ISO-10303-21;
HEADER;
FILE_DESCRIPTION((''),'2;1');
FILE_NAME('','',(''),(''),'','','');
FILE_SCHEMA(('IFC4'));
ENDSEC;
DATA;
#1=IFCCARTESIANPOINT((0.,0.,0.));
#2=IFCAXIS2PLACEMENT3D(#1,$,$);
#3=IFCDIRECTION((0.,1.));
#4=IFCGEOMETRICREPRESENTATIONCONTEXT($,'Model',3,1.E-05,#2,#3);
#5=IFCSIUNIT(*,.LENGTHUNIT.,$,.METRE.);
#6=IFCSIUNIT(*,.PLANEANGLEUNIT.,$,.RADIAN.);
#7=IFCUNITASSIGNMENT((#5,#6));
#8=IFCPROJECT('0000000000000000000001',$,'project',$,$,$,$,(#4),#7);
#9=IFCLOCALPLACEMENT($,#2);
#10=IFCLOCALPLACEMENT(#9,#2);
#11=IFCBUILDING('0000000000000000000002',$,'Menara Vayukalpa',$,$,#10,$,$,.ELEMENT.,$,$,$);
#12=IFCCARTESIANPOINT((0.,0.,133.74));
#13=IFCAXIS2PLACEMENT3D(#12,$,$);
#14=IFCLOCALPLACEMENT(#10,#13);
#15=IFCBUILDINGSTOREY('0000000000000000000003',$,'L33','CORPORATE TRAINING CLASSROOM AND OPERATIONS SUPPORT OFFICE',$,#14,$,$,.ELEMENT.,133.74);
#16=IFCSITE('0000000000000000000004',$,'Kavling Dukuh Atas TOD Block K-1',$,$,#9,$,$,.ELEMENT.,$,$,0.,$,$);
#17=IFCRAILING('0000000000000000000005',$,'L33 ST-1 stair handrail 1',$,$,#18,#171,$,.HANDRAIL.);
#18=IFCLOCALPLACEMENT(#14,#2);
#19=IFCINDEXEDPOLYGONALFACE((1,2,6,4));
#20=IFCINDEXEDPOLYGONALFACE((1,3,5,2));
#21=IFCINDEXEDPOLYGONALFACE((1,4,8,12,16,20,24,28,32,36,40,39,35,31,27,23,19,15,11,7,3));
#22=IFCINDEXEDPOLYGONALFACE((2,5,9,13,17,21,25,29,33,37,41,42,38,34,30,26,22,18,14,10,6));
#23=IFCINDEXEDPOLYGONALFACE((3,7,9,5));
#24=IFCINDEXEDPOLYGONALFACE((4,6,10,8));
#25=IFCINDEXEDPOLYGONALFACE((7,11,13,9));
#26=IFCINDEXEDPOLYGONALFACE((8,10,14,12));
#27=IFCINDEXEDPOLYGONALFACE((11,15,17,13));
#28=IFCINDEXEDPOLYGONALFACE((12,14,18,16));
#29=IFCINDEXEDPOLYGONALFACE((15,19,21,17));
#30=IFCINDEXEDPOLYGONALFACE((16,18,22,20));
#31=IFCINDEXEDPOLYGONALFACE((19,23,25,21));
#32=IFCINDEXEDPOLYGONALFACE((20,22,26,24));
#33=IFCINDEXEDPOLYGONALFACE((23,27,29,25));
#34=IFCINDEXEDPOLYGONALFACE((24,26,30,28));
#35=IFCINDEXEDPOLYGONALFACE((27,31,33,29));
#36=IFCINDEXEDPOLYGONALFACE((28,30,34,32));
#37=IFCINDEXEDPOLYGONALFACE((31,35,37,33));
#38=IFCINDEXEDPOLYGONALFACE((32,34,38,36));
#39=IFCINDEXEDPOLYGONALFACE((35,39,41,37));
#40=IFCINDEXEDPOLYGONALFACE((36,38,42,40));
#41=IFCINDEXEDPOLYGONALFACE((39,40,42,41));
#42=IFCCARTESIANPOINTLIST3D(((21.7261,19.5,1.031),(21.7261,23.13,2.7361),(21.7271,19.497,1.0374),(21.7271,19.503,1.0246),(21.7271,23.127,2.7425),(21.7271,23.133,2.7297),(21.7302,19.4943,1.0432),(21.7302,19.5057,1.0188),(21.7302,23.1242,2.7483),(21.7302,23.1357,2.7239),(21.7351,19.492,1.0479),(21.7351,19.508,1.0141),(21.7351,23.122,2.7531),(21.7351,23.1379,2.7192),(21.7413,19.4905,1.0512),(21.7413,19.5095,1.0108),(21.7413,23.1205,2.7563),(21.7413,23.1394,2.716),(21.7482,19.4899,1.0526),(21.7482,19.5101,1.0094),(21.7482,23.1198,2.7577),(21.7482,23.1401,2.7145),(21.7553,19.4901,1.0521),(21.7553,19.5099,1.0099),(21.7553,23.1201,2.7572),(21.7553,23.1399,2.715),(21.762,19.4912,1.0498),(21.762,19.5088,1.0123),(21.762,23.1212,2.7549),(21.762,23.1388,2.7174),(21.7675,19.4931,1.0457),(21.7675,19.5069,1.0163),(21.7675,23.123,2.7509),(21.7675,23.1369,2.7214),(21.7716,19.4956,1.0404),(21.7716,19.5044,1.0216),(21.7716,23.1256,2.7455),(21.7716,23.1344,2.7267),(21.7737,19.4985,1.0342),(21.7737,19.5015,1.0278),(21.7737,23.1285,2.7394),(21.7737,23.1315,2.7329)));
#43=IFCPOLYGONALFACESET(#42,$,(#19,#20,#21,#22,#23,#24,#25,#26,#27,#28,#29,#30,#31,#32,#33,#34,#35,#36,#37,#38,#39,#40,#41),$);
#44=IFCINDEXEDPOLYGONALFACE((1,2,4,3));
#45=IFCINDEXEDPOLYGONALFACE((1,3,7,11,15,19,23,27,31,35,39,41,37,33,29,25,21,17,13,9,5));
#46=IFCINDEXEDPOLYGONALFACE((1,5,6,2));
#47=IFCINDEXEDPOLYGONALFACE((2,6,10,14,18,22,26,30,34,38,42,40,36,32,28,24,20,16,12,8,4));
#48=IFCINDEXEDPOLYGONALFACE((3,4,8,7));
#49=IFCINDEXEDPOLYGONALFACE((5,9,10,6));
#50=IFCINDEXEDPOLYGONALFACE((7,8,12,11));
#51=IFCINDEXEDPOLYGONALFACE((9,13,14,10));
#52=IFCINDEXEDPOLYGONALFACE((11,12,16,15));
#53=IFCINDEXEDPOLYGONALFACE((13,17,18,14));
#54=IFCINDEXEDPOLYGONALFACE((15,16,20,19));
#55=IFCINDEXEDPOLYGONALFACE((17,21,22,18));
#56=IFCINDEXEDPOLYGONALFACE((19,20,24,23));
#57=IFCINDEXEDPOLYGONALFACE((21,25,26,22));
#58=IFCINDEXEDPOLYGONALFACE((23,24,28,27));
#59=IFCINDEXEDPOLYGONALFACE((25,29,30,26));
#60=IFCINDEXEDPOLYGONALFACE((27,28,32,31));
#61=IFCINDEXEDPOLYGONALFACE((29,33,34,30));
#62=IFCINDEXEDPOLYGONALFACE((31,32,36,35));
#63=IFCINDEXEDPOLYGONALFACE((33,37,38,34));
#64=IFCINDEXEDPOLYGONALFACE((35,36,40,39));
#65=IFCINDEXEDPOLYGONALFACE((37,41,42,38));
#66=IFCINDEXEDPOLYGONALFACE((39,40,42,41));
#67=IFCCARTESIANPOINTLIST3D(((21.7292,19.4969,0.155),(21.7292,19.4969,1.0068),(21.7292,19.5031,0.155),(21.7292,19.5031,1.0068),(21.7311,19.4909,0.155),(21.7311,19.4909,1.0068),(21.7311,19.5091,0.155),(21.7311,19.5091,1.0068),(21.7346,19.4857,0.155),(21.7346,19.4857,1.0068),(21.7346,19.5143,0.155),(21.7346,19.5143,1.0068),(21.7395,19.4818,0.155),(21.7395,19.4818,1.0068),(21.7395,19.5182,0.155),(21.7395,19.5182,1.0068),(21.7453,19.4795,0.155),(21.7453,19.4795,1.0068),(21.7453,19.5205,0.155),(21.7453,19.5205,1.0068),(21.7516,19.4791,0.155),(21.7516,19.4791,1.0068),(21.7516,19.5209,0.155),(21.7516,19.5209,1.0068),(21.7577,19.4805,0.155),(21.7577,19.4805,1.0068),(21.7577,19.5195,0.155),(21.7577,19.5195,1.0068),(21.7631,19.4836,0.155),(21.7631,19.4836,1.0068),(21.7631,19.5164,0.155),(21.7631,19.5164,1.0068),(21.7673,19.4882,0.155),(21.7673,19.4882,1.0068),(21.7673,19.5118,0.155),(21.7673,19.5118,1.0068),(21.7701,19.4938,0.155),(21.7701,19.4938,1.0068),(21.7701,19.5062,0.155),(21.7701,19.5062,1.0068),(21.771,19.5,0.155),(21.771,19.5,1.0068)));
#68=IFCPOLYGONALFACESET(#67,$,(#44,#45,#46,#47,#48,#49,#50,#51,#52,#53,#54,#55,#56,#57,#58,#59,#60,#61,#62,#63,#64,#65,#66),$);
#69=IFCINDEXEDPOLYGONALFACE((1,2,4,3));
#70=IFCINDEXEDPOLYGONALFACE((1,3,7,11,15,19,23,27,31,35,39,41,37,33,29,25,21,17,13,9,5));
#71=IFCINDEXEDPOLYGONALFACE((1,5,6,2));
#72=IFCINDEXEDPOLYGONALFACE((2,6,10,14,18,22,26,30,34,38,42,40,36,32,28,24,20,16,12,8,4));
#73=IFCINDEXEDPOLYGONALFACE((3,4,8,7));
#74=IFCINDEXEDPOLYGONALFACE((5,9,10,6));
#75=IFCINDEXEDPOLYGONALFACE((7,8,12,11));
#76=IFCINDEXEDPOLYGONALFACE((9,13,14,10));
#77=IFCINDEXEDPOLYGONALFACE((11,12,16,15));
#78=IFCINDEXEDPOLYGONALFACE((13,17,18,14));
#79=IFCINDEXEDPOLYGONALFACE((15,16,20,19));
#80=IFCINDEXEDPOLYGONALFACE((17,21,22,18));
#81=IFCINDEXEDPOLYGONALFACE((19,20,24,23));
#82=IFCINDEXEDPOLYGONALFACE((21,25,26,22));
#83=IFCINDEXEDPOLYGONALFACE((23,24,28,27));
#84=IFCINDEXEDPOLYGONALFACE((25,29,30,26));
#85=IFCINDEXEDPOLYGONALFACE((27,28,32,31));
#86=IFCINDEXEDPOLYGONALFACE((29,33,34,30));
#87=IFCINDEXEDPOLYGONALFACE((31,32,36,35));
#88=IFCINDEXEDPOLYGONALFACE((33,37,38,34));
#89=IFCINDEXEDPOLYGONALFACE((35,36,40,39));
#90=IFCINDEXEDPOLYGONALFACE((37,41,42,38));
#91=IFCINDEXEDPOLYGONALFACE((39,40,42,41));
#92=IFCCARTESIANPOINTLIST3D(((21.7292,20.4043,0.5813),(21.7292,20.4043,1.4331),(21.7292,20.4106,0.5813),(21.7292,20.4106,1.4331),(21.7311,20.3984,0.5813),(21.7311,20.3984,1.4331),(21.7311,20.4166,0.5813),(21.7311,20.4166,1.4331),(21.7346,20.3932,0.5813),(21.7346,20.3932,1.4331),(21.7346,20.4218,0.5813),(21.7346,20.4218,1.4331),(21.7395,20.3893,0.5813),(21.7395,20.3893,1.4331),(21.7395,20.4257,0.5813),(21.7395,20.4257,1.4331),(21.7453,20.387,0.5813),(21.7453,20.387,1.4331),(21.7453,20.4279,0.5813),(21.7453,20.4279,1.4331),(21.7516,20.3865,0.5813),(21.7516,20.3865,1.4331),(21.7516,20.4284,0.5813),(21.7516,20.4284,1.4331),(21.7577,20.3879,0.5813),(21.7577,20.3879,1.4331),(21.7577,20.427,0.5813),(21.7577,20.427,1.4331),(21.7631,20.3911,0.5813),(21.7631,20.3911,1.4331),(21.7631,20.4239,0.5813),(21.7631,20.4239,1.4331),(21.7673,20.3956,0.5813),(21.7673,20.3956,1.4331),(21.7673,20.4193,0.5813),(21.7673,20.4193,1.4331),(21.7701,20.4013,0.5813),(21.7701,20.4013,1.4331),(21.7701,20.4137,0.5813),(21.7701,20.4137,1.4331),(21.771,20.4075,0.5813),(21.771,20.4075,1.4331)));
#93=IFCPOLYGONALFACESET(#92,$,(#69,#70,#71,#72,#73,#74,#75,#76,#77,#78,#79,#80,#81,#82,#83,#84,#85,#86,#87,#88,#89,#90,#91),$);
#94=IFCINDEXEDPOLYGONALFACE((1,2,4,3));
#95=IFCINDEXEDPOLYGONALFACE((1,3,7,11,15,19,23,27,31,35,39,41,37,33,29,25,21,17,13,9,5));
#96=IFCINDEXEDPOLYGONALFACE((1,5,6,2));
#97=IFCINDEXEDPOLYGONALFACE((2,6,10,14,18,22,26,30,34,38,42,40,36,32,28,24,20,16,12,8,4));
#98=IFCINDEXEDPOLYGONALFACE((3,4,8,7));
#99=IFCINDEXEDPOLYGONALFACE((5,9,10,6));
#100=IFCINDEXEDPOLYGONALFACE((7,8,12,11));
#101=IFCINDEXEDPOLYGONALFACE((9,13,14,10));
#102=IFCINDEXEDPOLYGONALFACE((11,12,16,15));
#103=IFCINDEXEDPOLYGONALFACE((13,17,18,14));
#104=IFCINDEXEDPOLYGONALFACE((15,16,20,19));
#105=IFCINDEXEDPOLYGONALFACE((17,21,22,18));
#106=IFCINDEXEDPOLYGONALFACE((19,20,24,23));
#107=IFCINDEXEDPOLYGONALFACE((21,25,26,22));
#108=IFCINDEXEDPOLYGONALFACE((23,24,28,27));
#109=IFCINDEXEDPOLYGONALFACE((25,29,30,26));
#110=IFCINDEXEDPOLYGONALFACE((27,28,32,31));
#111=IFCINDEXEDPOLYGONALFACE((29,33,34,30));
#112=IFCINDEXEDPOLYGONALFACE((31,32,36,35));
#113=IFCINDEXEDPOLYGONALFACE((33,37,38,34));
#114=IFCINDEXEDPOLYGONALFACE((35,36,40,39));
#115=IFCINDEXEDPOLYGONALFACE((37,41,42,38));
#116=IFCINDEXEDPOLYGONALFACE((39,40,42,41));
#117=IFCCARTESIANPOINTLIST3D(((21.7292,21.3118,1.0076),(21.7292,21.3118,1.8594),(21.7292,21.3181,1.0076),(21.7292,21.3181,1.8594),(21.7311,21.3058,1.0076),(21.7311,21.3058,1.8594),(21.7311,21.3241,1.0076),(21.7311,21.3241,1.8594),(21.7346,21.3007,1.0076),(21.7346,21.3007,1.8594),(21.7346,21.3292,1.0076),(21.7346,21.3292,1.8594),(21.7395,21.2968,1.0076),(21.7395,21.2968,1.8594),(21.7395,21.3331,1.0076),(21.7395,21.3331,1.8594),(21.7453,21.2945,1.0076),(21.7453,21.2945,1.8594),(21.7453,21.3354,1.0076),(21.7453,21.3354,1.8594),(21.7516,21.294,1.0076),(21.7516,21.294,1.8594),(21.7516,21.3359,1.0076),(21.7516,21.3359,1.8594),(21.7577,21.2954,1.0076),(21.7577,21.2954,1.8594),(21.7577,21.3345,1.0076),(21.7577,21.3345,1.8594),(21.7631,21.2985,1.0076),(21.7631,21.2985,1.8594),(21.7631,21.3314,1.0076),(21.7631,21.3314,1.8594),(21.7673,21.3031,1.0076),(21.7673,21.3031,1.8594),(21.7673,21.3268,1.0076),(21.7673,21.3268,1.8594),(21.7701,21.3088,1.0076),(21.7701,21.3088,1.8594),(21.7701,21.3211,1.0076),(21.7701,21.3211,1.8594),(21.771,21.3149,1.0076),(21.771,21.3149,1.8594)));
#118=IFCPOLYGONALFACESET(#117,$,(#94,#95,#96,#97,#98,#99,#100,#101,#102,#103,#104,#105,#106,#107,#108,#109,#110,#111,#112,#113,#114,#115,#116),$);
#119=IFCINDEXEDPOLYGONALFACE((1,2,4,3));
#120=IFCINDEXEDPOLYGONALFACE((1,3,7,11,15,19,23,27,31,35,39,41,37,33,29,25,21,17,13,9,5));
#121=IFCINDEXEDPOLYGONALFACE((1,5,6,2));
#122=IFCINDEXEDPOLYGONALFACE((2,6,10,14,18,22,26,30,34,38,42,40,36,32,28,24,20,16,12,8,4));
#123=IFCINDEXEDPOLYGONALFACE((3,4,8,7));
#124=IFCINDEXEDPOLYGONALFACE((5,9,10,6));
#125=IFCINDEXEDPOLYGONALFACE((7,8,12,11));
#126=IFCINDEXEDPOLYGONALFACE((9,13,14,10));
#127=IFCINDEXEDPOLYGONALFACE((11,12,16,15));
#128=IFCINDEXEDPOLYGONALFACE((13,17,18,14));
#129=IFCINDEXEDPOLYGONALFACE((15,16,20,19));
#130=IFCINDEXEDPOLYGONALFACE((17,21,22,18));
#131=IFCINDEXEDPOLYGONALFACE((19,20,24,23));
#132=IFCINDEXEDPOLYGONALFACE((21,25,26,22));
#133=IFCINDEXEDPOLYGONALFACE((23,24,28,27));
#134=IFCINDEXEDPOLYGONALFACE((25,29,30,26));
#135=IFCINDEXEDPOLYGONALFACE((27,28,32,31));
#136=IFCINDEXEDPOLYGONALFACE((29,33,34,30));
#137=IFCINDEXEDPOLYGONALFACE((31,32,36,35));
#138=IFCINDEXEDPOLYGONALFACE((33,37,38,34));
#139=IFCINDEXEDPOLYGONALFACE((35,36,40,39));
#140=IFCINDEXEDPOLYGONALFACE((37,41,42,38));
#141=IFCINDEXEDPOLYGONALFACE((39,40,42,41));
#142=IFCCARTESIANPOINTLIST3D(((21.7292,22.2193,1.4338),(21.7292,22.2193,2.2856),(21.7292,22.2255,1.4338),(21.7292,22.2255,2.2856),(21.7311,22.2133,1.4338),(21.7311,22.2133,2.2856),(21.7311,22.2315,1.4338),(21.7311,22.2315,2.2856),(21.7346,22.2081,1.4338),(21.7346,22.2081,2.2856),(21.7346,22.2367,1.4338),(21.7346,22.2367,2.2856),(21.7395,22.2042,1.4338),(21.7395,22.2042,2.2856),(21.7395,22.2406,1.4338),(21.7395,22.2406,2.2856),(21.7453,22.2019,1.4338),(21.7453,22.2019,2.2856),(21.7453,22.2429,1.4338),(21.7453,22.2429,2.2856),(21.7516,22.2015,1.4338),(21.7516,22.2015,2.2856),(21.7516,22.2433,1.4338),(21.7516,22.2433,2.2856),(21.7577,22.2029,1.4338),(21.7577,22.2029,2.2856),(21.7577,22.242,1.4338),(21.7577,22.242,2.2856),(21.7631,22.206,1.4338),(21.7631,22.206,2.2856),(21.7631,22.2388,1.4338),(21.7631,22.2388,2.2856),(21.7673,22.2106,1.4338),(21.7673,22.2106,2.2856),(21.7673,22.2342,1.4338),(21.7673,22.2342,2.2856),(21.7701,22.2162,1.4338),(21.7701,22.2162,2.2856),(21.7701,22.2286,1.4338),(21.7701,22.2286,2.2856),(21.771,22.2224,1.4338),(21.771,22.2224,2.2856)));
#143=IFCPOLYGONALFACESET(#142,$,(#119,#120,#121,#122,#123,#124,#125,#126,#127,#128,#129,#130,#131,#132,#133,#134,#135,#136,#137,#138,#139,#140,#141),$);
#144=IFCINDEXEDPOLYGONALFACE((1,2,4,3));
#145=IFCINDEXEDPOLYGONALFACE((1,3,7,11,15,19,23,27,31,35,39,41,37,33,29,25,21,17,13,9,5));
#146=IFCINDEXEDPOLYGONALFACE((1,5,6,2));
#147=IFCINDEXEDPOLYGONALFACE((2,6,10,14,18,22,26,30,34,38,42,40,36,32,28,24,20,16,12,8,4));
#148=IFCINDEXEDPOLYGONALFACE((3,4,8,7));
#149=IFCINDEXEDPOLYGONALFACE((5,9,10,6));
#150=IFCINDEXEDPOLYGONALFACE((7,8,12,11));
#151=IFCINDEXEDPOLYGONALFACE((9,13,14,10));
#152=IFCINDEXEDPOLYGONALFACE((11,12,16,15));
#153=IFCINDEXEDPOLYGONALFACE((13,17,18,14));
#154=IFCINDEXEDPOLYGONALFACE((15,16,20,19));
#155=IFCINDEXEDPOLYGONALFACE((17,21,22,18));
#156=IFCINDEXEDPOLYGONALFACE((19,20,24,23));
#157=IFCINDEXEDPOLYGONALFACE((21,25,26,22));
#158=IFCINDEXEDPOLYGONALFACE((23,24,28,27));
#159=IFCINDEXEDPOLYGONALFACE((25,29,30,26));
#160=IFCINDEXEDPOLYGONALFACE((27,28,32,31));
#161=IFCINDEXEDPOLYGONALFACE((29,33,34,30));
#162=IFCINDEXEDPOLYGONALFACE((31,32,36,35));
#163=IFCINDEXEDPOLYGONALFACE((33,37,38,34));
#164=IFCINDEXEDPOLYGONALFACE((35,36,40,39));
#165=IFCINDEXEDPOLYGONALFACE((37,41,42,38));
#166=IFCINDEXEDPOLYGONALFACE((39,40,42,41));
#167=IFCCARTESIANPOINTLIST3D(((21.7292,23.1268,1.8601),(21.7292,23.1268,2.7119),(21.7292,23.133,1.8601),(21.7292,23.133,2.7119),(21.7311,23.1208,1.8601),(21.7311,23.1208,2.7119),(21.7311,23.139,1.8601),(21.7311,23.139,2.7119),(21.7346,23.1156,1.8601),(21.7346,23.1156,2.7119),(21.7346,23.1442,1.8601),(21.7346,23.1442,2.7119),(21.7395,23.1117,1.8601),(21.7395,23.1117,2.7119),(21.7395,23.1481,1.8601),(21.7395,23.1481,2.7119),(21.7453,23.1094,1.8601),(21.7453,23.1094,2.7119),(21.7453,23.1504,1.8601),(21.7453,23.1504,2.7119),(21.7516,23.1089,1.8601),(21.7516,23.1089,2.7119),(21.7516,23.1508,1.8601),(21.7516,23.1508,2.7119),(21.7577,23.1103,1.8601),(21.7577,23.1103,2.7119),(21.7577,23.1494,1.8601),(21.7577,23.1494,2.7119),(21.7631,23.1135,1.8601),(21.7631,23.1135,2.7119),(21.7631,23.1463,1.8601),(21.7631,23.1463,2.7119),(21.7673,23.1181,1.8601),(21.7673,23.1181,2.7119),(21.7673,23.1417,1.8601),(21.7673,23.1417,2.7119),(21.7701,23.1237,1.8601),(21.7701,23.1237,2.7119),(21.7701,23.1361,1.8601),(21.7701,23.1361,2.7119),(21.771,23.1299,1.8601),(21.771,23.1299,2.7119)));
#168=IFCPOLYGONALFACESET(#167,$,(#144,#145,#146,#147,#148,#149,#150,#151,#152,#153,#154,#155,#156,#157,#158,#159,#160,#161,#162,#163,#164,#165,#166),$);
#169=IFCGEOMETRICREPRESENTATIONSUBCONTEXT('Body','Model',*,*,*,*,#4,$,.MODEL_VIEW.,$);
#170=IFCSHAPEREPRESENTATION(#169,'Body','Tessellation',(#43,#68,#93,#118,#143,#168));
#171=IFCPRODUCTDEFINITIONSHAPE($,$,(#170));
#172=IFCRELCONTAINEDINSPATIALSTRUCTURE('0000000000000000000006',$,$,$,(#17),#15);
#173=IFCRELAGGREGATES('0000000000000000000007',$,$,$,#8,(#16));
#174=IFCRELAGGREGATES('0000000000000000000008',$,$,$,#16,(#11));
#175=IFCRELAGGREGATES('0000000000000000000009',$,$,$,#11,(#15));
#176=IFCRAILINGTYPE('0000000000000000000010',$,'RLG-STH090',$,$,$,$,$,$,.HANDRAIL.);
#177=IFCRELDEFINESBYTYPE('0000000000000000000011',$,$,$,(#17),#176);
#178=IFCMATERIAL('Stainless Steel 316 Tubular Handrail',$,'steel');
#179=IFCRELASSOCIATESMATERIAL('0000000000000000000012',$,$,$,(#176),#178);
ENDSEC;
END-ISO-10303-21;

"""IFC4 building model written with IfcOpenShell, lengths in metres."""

from ifc_helpers import new_model, si_unit, direction, frame, origin, origin_2d, place, context, subcontext, project, spatial, circle, extrude, material, type_object, element, save


model = new_model("IFC4")

# Units and contexts
model_context = context("Model", 3, precision=1e-05, world=origin(), true_north=direction((0.0, 1.0)))
body_context = subcontext(model_context, "Body", "Model", "MODEL_VIEW")
ifc_project = project(units=[si_unit("LENGTHUNIT", "METRE"), si_unit("PLANEANGLEUNIT", "RADIAN")], contexts=[model_context])

# Site, building, storey
site_placement = place(None, origin())
site = spatial("IfcSite", under=ifc_project, at=site_placement, Name="Kavling Dukuh Atas TOD Block K-1", CompositionType="ELEMENT", RefElevation=0.0)
building_placement = place(site_placement, origin())
building = spatial("IfcBuilding", under=site, at=building_placement, Name="Menara Vayukalpa", CompositionType="ELEMENT")
storey_placement = place(building_placement, frame((0.0, 0.0, 133.74)))
storey = spatial("IfcBuildingStorey", under=building, at=storey_placement, Name="L33", Description="CORPORATE TRAINING CLASSROOM AND OPERATIONS SUPPORT OFFICE", CompositionType="ELEMENT", Elevation=133.74)

# Railing
ifc_material_1 = material(Name="Stainless Steel 316 Tubular Handrail", Category="steel")
railing_type_1 = type_object("IfcRailingType", Name="RLG-STH090", PredefinedType="HANDRAIL", material=ifc_material_1)
railing_1_placement = place(storey_placement, frame((21.75, 19.5, 0.155)))
element("IfcRailing", 1, at=railing_1_placement, inside=storey, type_object=railing_type_1, Name="L33 ST-1 stair handrail 1", PredefinedType="HANDRAIL", context=body_context, shape_type="SweptSolid", body=[
    extrude(circle(Radius=0.0239, at=origin_2d()), frame((0.0, 0.0, 0.876), z_axis=(0.0, 0.905116, 0.425164), x_axis=(-1.0, 0.0, 0.0)), (0.0, 0.0, 1.0), 4.0105),
    extrude(circle(Radius=0.021, at=origin_2d()), origin(), (0.0, 0.0, 1.0), 0.8518),
    extrude(circle(Radius=0.021, at=origin_2d()), frame((0.0, 0.9075, 0.4263)), (0.0, 0.0, 1.0), 0.8518),
    extrude(circle(Radius=0.021, at=origin_2d()), frame((0.0, 1.8149, 0.8525)), (0.0, 0.0, 1.0), 0.8518),
    extrude(circle(Radius=0.021, at=origin_2d()), frame((0.0, 2.7224, 1.2788)), (0.0, 0.0, 1.0), 0.8518),
    extrude(circle(Radius=0.021, at=origin_2d()), frame((0.0, 3.6299, 1.7051)), (0.0, 0.0, 1.0), 0.8518),
])

save(model, "model.ifc")
